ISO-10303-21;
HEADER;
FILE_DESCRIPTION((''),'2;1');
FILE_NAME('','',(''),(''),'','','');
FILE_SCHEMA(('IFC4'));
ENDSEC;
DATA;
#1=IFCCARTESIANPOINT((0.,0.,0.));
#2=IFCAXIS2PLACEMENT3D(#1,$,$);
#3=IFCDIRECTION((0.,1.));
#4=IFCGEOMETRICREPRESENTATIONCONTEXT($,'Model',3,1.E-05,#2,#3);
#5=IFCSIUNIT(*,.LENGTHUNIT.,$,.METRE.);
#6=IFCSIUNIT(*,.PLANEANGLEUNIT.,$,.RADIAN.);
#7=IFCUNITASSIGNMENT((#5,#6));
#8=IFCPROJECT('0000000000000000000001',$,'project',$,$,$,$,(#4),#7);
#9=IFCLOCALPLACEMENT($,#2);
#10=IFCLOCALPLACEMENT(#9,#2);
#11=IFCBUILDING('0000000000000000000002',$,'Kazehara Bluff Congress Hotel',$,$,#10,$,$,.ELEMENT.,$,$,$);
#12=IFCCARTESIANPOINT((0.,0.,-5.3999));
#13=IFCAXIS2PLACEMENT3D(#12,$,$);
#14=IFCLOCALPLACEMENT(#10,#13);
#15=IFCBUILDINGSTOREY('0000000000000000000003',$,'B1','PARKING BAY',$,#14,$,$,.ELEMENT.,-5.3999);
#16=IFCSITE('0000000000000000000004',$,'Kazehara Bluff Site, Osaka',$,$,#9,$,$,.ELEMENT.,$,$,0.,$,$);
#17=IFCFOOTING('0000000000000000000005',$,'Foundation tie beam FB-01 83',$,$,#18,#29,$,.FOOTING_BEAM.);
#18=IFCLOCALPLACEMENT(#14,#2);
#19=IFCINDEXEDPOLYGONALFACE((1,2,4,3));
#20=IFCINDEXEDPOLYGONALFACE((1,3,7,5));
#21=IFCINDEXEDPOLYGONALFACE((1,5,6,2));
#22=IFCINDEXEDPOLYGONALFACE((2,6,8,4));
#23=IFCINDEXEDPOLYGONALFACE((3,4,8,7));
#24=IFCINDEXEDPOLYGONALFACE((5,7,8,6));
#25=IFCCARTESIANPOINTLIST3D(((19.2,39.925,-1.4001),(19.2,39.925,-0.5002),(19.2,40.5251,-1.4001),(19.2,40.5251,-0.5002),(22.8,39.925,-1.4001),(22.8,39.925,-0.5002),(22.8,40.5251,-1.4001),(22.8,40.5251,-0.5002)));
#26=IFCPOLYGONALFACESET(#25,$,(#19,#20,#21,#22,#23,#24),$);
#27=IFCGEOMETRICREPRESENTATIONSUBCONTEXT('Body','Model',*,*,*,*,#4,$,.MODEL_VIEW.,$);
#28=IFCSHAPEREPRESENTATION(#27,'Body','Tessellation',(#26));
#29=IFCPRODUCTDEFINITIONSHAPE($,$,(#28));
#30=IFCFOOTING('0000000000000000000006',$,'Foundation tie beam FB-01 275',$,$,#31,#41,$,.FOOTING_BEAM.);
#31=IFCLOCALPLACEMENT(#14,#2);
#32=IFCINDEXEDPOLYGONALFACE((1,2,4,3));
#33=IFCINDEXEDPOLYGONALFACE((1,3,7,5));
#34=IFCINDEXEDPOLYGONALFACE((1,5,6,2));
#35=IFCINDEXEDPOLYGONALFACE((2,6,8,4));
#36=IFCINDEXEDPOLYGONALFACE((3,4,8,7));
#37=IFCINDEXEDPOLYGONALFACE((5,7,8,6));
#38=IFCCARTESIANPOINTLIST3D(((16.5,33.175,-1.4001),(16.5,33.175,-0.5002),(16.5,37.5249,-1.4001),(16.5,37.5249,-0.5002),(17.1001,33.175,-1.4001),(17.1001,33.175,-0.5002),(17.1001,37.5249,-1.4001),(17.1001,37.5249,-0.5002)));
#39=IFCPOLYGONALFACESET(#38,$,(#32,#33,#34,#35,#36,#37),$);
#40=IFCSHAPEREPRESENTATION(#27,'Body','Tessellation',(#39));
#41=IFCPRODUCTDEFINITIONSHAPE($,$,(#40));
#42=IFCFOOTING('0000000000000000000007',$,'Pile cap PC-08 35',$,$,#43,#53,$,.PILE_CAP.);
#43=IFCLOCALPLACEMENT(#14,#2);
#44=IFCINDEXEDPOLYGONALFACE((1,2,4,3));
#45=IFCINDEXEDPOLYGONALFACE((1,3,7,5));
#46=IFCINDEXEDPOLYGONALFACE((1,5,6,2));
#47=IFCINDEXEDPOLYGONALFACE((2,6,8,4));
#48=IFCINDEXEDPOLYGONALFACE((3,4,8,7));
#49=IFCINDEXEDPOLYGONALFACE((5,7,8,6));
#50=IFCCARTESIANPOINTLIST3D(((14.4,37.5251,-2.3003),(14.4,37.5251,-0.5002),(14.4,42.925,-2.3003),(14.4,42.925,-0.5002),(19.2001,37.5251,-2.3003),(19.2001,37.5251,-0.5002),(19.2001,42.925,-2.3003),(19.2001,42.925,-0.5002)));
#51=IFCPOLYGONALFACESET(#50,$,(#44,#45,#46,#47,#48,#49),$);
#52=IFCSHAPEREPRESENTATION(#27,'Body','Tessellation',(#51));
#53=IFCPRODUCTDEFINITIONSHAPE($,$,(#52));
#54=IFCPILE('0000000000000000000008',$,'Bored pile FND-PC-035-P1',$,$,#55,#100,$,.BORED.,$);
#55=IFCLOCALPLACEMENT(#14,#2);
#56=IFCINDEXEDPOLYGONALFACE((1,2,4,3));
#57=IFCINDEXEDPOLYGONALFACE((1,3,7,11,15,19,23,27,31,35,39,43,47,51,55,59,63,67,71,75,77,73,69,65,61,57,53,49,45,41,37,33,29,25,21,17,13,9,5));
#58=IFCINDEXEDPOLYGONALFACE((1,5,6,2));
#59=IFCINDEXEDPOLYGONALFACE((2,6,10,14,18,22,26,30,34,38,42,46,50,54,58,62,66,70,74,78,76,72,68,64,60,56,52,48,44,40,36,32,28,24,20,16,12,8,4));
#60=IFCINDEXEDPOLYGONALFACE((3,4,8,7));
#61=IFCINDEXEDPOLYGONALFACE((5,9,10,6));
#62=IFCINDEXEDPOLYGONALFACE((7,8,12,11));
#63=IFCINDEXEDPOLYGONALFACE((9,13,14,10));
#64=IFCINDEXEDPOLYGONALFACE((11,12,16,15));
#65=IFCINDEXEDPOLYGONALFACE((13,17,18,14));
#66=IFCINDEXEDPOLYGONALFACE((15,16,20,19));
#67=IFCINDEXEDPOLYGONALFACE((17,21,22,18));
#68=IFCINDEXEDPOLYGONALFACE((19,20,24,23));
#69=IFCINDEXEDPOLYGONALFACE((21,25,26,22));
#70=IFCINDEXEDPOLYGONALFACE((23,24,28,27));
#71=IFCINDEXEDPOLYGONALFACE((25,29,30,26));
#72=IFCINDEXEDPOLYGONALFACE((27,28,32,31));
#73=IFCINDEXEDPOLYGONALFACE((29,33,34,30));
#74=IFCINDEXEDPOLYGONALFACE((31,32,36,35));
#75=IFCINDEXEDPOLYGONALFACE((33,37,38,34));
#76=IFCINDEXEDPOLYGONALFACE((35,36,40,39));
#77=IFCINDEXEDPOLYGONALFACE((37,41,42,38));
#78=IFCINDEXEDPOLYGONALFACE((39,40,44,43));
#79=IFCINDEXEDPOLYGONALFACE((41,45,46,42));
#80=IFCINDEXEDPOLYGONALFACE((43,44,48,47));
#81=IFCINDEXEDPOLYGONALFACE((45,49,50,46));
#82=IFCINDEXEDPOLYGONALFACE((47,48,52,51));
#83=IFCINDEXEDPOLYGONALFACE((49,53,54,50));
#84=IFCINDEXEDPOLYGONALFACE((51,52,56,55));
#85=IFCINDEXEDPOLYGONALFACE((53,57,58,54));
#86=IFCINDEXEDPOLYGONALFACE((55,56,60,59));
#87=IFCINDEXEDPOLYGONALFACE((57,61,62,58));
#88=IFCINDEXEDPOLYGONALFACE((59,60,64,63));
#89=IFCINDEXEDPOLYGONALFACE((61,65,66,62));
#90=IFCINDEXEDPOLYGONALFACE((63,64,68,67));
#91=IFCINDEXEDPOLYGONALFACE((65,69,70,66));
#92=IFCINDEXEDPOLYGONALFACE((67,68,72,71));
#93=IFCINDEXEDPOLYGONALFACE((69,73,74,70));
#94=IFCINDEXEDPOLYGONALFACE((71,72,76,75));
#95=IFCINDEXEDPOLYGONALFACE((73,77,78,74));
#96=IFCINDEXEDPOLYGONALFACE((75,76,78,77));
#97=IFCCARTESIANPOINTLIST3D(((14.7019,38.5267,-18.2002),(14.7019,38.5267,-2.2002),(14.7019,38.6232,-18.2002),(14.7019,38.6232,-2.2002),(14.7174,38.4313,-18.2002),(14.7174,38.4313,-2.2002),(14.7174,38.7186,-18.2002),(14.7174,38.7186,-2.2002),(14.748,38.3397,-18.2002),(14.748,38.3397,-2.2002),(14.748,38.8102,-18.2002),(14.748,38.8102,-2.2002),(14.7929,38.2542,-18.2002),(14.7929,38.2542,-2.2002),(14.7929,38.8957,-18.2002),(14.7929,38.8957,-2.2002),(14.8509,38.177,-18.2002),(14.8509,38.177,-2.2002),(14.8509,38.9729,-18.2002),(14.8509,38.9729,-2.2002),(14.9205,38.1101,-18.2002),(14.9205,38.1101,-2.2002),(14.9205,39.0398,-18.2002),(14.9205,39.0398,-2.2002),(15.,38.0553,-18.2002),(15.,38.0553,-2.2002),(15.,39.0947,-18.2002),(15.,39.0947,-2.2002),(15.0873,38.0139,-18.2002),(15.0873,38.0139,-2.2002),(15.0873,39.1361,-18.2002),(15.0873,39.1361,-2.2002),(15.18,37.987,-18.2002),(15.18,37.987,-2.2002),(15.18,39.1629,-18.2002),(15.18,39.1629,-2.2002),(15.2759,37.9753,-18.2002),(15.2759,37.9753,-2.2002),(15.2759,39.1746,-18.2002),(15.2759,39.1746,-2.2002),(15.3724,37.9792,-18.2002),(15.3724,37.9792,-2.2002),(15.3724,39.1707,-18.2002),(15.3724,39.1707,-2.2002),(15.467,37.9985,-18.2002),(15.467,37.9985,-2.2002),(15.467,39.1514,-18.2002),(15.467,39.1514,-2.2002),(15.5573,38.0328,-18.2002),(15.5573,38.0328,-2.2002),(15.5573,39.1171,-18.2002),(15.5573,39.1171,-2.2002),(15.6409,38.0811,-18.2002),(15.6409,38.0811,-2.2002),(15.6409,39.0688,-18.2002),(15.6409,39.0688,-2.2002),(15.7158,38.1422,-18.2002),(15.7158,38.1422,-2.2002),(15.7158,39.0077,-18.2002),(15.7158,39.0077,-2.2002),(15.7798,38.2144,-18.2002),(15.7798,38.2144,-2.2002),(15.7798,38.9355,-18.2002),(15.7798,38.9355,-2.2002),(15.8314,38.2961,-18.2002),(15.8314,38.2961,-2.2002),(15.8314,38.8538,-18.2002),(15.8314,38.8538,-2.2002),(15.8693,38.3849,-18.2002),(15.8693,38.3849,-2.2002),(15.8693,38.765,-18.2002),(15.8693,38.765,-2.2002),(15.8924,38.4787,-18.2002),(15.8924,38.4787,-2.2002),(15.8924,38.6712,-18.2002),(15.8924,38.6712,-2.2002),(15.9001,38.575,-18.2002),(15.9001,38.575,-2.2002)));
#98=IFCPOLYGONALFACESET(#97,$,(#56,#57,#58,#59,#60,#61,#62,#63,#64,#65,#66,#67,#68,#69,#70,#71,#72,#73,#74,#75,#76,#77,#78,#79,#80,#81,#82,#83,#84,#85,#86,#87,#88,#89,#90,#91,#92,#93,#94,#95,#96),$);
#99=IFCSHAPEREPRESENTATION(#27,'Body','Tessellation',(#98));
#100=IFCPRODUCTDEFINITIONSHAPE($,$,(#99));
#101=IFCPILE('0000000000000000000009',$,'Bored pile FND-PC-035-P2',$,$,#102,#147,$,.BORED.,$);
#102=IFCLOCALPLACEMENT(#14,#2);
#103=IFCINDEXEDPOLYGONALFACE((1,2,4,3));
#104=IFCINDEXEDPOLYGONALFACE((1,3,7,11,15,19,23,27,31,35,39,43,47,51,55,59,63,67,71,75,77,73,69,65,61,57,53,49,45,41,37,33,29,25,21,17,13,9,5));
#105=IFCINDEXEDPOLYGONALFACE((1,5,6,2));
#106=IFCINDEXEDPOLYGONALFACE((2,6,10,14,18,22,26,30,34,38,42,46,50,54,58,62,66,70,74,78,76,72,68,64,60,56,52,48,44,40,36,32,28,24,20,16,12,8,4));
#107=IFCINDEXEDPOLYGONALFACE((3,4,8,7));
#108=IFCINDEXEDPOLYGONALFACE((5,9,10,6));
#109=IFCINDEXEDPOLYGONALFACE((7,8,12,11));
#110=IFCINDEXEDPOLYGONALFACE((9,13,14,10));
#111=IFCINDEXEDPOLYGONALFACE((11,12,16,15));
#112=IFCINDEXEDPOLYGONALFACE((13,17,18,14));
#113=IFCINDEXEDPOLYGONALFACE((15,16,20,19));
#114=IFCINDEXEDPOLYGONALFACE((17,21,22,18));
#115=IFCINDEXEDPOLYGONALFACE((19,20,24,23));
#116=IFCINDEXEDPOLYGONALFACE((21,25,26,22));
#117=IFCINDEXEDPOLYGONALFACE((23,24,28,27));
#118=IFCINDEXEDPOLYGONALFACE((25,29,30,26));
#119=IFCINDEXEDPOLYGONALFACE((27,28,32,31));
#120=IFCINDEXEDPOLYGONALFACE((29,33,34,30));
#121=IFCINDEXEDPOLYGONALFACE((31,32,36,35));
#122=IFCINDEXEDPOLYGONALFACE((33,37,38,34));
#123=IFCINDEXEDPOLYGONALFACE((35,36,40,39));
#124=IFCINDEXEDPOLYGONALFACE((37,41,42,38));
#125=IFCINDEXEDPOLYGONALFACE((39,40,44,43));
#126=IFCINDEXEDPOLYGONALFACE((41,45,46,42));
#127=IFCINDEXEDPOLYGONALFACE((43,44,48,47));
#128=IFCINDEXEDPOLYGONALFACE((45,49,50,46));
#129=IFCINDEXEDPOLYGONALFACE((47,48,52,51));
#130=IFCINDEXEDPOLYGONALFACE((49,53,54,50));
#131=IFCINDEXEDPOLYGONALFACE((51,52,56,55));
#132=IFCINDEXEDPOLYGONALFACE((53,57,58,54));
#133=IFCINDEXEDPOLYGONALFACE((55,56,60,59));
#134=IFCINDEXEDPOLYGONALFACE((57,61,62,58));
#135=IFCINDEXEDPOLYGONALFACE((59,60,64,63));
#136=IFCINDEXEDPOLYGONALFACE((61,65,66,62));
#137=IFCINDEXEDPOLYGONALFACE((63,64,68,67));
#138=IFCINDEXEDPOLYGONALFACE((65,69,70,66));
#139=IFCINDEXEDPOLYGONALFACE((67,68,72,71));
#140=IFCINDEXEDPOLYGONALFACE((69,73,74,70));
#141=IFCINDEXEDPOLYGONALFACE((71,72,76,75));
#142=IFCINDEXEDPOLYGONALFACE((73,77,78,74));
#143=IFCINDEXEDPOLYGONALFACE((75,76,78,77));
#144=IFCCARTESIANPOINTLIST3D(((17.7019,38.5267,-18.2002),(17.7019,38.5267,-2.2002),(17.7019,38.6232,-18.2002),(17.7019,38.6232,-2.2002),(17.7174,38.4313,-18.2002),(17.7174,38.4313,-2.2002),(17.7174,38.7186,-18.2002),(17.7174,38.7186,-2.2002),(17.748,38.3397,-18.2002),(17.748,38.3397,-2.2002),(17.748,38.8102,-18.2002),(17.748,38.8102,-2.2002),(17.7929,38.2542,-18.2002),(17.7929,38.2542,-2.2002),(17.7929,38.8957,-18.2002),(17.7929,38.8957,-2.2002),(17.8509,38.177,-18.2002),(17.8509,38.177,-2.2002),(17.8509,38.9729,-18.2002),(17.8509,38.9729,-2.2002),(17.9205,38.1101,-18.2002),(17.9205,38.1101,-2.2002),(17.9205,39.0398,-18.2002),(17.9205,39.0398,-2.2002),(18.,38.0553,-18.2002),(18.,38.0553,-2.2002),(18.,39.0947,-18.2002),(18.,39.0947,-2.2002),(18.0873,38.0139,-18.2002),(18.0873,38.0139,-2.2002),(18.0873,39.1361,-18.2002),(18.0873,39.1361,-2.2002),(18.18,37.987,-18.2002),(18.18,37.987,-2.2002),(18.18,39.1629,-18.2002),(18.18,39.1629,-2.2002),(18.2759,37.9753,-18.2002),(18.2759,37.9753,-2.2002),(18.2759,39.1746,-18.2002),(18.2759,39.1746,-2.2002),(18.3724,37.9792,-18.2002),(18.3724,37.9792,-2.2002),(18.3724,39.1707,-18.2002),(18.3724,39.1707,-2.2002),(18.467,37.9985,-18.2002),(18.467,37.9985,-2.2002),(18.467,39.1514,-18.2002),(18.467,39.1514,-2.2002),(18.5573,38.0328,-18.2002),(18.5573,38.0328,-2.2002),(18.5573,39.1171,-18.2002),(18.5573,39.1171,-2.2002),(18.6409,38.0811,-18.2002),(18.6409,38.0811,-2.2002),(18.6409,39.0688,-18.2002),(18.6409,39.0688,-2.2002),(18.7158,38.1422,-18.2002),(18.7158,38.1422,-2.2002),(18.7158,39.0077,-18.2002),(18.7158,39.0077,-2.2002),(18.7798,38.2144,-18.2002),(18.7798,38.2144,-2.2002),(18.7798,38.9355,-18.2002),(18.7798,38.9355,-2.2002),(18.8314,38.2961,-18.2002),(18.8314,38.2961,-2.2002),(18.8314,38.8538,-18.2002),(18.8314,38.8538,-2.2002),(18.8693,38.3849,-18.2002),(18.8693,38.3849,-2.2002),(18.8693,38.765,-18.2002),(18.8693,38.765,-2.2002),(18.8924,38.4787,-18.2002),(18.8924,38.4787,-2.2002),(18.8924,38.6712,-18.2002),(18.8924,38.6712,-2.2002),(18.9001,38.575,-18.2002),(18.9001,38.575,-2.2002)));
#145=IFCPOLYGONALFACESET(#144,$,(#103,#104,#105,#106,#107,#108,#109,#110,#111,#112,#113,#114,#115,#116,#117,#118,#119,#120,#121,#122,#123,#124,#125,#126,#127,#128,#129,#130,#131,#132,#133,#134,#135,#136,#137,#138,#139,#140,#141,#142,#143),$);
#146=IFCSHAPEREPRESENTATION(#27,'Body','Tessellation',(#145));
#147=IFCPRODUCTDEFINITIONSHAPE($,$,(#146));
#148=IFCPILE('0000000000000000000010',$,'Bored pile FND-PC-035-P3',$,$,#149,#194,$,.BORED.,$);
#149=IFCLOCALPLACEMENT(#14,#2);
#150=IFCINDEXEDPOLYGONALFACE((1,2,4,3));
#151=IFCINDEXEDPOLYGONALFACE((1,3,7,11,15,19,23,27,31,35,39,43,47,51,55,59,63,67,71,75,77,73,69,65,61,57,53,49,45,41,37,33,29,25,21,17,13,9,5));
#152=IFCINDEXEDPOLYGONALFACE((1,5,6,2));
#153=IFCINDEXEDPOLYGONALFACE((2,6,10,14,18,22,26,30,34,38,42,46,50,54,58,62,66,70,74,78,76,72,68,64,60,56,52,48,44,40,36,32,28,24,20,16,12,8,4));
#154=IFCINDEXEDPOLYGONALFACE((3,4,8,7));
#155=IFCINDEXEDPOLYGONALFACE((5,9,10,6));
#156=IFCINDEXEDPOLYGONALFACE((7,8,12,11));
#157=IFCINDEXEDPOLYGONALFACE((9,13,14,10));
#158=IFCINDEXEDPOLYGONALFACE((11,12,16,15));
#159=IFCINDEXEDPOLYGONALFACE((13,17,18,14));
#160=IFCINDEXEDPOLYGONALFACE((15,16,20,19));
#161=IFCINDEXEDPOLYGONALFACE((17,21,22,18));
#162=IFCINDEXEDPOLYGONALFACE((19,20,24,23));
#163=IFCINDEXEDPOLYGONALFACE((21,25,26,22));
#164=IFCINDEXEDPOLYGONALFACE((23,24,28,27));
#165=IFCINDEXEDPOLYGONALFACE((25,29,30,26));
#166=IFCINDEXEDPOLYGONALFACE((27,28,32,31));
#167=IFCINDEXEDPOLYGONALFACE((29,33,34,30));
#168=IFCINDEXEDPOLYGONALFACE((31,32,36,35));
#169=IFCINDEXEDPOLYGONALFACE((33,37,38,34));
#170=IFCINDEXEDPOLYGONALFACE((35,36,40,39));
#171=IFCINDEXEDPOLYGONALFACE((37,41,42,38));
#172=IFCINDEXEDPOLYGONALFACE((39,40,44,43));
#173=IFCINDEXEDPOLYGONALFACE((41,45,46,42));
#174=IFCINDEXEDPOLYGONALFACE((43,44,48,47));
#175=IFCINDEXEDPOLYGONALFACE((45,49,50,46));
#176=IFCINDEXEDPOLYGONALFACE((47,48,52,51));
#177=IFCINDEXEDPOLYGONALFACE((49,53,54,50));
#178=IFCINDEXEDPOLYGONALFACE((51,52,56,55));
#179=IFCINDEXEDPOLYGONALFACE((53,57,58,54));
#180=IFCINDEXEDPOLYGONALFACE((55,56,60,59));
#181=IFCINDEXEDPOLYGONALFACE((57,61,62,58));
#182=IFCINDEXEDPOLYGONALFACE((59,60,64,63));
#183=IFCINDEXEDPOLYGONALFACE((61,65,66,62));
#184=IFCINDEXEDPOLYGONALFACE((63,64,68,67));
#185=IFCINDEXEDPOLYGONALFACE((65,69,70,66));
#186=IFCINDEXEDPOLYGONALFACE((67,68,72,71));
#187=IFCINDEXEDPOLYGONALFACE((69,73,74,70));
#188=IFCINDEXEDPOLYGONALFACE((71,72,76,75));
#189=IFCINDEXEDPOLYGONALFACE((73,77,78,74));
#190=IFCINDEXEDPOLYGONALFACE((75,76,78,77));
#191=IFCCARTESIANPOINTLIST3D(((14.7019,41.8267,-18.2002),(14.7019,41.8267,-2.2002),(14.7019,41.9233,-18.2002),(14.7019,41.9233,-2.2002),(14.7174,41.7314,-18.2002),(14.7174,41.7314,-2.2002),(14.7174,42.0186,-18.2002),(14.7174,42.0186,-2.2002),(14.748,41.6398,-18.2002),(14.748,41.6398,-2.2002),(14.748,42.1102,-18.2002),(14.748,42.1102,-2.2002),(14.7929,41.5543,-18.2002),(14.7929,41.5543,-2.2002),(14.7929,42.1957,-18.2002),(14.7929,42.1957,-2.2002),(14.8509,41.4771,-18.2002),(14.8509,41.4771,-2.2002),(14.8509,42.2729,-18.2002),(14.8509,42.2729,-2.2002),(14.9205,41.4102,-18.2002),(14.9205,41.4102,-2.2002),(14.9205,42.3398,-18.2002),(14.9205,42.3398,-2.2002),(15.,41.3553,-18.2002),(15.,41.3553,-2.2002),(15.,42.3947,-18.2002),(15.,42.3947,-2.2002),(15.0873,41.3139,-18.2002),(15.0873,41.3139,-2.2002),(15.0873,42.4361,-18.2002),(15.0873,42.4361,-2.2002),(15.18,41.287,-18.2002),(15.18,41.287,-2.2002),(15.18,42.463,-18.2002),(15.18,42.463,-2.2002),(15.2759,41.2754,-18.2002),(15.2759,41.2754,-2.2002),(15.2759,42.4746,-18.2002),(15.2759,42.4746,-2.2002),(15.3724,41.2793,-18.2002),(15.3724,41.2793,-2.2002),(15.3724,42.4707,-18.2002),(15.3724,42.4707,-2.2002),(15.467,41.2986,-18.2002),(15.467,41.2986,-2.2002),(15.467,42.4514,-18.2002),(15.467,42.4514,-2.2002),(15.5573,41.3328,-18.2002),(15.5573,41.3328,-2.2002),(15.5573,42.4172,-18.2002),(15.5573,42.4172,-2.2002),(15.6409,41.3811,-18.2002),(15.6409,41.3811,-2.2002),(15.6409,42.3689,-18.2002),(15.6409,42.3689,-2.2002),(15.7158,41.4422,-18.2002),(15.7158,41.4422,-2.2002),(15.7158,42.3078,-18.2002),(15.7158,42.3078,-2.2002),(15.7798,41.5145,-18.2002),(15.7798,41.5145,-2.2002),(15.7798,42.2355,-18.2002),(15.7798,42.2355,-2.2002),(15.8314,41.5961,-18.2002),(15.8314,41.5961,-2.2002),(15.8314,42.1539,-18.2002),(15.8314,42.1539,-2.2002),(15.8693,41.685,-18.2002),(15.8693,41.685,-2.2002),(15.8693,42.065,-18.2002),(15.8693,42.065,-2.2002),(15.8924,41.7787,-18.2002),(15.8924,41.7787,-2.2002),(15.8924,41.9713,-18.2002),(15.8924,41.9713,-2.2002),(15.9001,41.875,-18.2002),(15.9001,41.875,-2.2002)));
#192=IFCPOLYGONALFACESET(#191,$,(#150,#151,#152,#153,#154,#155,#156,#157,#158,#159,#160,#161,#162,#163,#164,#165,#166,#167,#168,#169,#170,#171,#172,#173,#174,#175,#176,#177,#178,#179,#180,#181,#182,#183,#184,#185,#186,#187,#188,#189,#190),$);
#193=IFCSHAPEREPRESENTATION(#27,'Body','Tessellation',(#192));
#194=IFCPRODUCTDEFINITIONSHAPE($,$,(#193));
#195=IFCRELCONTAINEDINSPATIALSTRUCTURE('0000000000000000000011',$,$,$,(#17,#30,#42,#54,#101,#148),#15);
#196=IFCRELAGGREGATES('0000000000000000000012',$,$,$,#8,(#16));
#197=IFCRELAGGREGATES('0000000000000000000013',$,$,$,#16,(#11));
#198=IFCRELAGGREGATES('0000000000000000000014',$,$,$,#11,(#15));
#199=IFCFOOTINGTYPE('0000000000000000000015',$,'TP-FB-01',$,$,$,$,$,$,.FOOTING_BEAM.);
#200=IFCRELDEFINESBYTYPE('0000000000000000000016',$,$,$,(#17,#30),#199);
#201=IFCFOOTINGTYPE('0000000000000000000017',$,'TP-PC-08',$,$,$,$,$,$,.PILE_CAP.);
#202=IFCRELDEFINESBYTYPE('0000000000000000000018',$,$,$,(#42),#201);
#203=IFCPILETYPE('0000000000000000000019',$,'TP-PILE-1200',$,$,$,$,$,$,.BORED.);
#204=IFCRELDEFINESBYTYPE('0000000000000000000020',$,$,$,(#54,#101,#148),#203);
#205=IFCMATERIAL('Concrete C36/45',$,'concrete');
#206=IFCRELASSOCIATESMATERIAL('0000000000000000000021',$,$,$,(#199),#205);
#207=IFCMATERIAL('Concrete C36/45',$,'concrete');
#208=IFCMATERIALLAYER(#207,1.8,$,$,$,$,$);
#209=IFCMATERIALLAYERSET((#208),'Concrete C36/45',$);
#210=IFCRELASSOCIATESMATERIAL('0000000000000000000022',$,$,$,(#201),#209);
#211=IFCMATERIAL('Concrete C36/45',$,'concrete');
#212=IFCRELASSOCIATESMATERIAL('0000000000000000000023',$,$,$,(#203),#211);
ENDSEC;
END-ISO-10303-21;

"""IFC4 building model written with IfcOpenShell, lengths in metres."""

from ifc_helpers import new_model, si_unit, direction, frame, origin, origin_2d, place, context, subcontext, project, spatial, rectangle, circle, extrude, material, layer, layer_set, material_profile, profile_set, type_object, element, save


model = new_model("IFC4")

# Units and contexts
model_context = context("Model", 3, precision=1e-05, world=origin(), true_north=direction((0.0, 1.0)))
body_context = subcontext(model_context, "Body", "Model", "MODEL_VIEW")
ifc_project = project(units=[si_unit("LENGTHUNIT", "METRE"), si_unit("PLANEANGLEUNIT", "RADIAN")], contexts=[model_context])

# Site, building, storey
site_placement = place(None, origin())
site = spatial("IfcSite", under=ifc_project, at=site_placement, Name="Kazehara Bluff Site, Osaka", CompositionType="ELEMENT", RefElevation=0.0)
building_placement = place(site_placement, origin())
building = spatial("IfcBuilding", under=site, at=building_placement, Name="Kazehara Bluff Congress Hotel", CompositionType="ELEMENT")
storey_placement = place(building_placement, frame((0.0, 0.0, -5.3999)))
storey = spatial("IfcBuildingStorey", under=building, at=storey_placement, Name="B1", Description="PARKING BAY", CompositionType="ELEMENT", Elevation=-5.3999)

# Footings
ifc_material_1 = material(Name="Concrete C36/45", Category="concrete")
ifc_material_profile_1 = material_profile(ifc_material_1, rectangle(XDim=0.6001, YDim=0.8999, at=origin_2d()))
ifc_profile_set_1 = profile_set([ifc_material_profile_1], Name="Concrete C36/45")
footing_type_1 = type_object("IfcFootingType", Name="TP-FB-01", PredefinedType="FOOTING_BEAM", material=ifc_profile_set_1)
footing_1_placement = place(storey_placement, frame((19.2, 40.2251, -0.9502), z_axis=(1.0, 0.0, 0.0), x_axis=(0.0, 1.0, 0.0)))
element("IfcFooting", 1, at=footing_1_placement, inside=storey, type_object=footing_type_1, Name="Foundation tie beam FB-01 83", PredefinedType="FOOTING_BEAM", context=body_context, shape_type="SweptSolid", body=[
    extrude(rectangle(XDim=0.6001, YDim=0.8999, at=origin_2d()), origin(), (0.0, 0.0, 1.0), 3.6001),
])
footing_2_placement = place(storey_placement, frame((16.8, 33.175, -0.9502), z_axis=(0.0, 1.0, 0.0), x_axis=(-1.0, 0.0, 0.0)))
element("IfcFooting", 2, at=footing_2_placement, inside=storey, type_object=footing_type_1, Name="Foundation tie beam FB-01 275", PredefinedType="FOOTING_BEAM", context=body_context, shape_type="SweptSolid", body=[
    extrude(rectangle(XDim=0.6001, YDim=0.8999, at=origin_2d()), origin(), (0.0, 0.0, 1.0), 4.3499),
])
ifc_material_2 = material(Name="Concrete C36/45", Category="concrete")
ifc_layer_1 = layer(ifc_material_2, 1.8)
ifc_layer_set_1 = layer_set([ifc_layer_1], Name="Concrete C36/45")
footing_type_2 = type_object("IfcFootingType", Name="TP-PC-08", PredefinedType="PILE_CAP", material=ifc_layer_set_1)
footing_3_placement = place(storey_placement, frame((16.8, 40.2251, -2.3003), z_axis=(0.0, 0.0, 1.0), x_axis=(1.0, 0.0, 0.0)))
element("IfcFooting", 3, at=footing_3_placement, inside=storey, type_object=footing_type_2, Name="Pile cap PC-08 35", PredefinedType="PILE_CAP", context=body_context, shape_type="SweptSolid", body=[
    extrude(rectangle(XDim=4.8, YDim=5.3999, at=origin_2d()), origin(), (0.0, 0.0, 1.0), 1.8),
])

# Piles
ifc_material_3 = material(Name="Concrete C36/45", Category="concrete")
ifc_material_profile_2 = material_profile(ifc_material_3, circle(Radius=0.6001, at=origin_2d()))
ifc_profile_set_2 = profile_set([ifc_material_profile_2], Name="Concrete C36/45")
pile_type = type_object("IfcPileType", Name="TP-PILE-1200", PredefinedType="BORED", material=ifc_profile_set_2)
for number, where, z_axis, x_axis, name in (
    (4, (15.3, 38.575, -2.2002), (0.0, 0.0, -1.0), (1.0, 0.0, 0.0), "Bored pile FND-PC-035-P1"),
    (5, (18.3, 38.575, -2.2002), (0.0, 0.0, -1.0), (1.0, 0.0, 0.0), "Bored pile FND-PC-035-P2"),
    (6, (15.3, 41.875, -2.2002), (0.0, 0.0, -1.0), (1.0, 0.0, 0.0), "Bored pile FND-PC-035-P3"),
):
    element("IfcPile", number, at=place(storey_placement, frame(where, z_axis=z_axis, x_axis=x_axis)), inside=storey, type_object=pile_type, Name=name, PredefinedType="BORED", context=body_context, shape_type="SweptSolid", body=[
        extrude(circle(Radius=0.6001, at=origin_2d()), origin(), (0.0, 0.0, 1.0), 16.0),
    ])

save(model, "model.ifc")
